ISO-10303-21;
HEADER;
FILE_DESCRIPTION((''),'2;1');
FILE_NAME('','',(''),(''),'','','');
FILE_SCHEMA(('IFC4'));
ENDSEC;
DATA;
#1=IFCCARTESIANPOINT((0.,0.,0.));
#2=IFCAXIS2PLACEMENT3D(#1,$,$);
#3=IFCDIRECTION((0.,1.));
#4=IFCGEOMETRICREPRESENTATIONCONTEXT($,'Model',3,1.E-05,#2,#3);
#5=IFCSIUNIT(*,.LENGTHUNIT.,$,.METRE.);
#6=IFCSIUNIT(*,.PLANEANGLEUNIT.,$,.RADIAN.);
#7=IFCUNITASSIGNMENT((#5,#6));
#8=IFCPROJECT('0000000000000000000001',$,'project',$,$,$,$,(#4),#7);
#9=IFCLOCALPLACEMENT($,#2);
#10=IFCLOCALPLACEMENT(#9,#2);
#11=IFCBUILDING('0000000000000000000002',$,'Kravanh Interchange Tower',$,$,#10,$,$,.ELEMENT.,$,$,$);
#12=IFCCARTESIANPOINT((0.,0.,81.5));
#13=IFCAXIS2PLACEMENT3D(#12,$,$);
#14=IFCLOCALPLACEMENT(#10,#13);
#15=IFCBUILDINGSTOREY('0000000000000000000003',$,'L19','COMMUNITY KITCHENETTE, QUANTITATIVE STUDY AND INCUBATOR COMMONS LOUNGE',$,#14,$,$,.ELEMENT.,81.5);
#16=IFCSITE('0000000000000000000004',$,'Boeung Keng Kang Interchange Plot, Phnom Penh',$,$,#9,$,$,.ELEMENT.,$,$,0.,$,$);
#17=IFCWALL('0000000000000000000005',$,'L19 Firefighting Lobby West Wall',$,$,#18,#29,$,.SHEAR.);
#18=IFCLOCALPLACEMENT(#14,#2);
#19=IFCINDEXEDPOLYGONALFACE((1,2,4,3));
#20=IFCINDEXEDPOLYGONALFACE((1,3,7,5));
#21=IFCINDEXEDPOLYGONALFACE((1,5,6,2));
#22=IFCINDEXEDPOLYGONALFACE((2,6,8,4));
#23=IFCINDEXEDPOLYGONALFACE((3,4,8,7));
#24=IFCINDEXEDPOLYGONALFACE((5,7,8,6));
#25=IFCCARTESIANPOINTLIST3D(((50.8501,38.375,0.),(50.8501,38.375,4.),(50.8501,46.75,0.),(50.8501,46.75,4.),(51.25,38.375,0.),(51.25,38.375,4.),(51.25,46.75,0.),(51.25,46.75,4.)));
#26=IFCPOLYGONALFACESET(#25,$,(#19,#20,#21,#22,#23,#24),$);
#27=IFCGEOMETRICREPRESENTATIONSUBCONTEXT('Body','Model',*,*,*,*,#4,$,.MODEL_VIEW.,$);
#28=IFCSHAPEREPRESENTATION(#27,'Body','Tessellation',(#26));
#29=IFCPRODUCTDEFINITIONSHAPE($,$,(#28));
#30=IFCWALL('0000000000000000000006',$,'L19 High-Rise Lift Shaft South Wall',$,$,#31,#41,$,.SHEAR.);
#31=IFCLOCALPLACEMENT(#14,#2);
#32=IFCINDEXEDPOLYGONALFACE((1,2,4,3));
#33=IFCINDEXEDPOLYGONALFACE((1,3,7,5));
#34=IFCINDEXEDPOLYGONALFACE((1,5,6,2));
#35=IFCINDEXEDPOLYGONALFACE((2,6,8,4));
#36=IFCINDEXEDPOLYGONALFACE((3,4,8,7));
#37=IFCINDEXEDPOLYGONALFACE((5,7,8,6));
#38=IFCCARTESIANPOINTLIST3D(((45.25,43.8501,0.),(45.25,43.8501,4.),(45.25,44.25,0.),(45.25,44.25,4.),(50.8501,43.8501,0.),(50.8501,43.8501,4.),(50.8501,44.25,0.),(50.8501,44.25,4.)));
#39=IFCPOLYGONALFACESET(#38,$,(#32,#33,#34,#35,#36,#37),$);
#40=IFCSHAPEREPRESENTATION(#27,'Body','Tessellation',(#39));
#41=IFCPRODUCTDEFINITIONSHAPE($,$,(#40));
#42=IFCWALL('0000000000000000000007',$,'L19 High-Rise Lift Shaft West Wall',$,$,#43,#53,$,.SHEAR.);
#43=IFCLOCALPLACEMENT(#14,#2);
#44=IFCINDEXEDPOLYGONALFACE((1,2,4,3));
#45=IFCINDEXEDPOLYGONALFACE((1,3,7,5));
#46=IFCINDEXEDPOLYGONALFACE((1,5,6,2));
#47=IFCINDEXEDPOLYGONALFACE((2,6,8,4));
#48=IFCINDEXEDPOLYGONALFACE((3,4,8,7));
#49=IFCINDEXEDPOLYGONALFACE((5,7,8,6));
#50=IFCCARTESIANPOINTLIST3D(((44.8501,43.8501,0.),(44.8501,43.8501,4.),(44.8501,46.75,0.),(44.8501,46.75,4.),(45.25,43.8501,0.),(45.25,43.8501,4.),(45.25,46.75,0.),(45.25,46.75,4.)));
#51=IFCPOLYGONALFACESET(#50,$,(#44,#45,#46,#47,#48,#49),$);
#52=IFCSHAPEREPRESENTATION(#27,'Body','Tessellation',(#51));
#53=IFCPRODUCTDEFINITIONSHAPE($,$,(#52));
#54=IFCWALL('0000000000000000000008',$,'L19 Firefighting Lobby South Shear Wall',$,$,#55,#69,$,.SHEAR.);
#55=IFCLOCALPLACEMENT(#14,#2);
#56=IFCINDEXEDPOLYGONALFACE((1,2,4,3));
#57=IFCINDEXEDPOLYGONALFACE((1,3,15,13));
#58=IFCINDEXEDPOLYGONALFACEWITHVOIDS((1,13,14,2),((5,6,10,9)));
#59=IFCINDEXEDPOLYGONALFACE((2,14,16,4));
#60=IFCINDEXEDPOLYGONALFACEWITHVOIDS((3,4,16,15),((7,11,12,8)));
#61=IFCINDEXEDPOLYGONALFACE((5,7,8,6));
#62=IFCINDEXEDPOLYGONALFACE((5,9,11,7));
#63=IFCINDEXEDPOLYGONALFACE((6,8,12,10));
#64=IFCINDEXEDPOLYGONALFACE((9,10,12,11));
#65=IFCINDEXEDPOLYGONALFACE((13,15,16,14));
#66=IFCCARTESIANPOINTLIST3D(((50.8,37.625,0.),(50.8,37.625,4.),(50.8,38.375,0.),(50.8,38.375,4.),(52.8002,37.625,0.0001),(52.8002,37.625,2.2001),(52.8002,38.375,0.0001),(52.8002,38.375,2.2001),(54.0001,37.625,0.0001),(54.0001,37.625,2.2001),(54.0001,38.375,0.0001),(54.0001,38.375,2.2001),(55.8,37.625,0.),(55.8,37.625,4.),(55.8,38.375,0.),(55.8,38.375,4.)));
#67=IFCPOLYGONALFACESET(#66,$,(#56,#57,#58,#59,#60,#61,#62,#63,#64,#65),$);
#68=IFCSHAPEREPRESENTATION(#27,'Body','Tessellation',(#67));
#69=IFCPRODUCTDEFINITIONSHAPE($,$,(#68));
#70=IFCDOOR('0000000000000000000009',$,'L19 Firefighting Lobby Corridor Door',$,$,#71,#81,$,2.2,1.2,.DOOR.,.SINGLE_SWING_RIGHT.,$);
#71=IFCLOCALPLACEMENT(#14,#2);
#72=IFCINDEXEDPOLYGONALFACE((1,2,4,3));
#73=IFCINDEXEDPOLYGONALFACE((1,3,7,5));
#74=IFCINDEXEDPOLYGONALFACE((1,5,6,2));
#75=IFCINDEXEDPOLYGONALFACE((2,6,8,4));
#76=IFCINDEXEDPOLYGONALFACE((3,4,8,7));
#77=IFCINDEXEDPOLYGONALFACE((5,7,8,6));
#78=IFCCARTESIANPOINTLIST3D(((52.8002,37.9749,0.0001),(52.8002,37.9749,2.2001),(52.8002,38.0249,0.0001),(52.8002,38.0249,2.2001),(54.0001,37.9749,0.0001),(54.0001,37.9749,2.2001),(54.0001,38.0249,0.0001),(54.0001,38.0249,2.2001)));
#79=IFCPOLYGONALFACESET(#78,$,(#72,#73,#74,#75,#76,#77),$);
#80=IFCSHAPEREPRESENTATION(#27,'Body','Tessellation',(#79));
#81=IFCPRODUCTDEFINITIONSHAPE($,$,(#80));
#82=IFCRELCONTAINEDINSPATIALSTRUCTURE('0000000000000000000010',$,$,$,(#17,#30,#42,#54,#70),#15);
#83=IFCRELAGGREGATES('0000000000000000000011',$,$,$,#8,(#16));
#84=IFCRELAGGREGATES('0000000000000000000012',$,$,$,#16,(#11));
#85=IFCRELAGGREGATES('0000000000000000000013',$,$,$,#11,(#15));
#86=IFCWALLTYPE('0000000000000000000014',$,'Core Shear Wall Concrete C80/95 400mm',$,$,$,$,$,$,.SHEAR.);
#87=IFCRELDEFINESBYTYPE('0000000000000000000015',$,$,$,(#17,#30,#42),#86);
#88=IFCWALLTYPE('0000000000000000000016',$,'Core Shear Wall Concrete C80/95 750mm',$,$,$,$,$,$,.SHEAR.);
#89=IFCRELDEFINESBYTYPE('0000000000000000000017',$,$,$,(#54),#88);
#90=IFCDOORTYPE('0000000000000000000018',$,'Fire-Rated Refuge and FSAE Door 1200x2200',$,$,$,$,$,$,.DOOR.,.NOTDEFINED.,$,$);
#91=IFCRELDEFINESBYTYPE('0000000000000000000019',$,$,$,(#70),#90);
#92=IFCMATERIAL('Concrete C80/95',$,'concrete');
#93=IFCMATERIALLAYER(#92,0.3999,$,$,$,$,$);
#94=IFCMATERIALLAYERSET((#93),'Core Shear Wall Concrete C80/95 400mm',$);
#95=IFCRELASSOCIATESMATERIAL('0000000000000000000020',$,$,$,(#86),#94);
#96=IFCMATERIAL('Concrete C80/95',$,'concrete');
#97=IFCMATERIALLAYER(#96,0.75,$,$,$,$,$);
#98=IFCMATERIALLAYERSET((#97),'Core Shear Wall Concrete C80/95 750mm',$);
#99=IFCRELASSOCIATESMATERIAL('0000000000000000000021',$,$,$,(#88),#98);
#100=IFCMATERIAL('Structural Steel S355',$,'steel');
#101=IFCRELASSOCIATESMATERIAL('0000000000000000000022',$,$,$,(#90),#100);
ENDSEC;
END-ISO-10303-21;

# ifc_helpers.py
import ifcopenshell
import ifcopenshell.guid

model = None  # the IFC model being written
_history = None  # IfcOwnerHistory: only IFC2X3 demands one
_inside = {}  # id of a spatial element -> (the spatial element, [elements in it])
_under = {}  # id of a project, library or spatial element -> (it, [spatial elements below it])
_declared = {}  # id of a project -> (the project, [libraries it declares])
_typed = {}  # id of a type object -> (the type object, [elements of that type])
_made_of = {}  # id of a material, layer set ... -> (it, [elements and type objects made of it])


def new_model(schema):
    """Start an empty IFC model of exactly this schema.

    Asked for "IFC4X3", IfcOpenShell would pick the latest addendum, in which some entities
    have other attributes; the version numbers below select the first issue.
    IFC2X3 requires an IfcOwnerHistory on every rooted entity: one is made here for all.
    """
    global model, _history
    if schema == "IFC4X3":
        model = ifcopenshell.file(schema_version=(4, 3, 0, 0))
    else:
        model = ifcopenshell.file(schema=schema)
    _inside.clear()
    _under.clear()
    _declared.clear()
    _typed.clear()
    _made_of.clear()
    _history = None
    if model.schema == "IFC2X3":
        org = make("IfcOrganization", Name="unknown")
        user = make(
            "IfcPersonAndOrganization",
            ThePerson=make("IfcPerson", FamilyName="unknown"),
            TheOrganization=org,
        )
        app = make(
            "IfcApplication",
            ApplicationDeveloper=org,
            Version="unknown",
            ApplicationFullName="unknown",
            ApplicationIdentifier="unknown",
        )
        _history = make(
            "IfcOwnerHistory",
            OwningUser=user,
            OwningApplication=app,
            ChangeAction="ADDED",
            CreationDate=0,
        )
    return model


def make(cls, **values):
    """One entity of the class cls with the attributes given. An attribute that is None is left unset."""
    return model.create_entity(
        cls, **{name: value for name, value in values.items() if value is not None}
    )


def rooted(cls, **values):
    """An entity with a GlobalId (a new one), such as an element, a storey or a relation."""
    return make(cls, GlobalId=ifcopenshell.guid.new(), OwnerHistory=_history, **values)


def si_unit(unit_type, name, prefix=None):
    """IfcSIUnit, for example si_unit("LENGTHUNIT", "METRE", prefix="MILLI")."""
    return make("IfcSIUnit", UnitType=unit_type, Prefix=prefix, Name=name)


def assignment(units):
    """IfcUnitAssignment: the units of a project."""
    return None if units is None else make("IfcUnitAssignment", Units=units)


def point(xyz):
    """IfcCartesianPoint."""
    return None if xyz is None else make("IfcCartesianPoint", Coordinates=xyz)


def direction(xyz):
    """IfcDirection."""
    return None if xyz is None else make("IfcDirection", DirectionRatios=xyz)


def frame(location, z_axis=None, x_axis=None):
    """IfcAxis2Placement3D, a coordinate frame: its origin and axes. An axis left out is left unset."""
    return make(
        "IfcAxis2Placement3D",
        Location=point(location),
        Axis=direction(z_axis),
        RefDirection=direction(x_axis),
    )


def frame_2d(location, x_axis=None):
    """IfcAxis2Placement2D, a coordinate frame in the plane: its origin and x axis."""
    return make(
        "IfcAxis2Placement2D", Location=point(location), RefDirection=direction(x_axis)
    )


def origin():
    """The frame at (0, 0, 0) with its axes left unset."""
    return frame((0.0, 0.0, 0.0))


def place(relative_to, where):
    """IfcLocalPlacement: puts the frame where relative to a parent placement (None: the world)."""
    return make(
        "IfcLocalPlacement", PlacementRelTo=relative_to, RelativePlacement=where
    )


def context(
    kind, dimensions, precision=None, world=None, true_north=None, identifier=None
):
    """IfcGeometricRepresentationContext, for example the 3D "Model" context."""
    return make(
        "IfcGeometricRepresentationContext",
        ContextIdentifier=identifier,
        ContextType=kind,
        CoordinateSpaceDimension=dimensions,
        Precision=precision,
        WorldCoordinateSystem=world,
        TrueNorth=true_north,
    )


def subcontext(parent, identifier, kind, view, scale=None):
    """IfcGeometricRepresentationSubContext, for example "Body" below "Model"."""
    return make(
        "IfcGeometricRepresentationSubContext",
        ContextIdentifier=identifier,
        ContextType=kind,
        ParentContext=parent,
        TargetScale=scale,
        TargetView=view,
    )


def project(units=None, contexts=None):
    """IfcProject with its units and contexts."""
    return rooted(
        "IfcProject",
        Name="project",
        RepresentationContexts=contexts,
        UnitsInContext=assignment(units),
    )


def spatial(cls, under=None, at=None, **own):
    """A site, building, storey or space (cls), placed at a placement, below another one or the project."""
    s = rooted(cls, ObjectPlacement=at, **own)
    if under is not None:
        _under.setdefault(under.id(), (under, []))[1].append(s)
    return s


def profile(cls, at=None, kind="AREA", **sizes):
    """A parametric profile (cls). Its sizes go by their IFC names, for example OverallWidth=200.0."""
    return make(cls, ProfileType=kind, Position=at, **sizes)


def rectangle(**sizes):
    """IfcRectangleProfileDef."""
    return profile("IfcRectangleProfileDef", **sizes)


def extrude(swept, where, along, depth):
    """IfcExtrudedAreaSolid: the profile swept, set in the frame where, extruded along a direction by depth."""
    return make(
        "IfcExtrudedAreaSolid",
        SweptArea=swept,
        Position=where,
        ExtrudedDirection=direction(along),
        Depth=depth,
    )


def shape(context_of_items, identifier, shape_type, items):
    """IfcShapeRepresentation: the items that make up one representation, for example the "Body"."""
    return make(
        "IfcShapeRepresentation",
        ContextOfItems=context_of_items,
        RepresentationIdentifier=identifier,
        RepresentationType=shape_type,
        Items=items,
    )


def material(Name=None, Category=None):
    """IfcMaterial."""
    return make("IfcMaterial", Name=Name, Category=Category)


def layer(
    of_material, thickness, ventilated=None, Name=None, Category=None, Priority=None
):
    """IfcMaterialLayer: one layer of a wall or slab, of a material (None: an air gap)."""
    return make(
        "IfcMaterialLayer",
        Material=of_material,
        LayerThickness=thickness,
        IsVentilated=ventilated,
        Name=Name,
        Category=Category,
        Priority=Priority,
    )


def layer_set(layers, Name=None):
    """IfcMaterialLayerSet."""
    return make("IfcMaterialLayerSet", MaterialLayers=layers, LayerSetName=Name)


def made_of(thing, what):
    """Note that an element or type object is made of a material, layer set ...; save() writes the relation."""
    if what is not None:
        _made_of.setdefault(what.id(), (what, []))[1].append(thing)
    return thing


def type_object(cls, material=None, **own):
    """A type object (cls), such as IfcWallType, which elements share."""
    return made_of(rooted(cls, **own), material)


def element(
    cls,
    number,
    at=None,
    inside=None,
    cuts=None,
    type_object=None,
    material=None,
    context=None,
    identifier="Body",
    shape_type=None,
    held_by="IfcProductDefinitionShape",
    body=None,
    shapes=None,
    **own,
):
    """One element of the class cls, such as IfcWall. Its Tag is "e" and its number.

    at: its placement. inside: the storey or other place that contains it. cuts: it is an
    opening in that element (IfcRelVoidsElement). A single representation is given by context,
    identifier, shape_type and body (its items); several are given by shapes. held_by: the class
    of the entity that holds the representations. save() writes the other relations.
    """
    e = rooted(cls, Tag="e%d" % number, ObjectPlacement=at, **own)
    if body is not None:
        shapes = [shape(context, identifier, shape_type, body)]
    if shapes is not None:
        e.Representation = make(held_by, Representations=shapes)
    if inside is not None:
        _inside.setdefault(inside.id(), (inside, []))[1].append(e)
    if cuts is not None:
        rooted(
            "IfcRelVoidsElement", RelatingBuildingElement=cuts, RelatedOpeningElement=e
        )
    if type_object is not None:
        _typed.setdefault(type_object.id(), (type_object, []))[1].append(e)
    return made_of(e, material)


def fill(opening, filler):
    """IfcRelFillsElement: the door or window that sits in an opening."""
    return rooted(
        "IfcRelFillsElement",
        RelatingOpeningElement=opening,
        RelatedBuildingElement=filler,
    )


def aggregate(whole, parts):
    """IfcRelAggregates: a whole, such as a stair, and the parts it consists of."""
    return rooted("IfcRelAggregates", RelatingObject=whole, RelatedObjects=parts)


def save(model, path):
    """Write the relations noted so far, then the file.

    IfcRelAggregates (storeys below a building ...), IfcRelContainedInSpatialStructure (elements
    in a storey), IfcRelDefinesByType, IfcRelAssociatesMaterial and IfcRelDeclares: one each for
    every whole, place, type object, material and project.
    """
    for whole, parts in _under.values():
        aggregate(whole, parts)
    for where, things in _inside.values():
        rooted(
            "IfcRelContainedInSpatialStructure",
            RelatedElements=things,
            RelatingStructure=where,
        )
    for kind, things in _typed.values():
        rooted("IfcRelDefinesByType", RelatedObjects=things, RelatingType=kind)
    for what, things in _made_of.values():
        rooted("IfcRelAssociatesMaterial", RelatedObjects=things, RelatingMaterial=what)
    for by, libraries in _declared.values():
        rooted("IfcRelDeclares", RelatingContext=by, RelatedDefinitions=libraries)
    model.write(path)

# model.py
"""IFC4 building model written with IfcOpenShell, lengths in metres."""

from ifc_helpers import new_model, si_unit, direction, frame, frame_2d, origin, place, context, subcontext, project, spatial, rectangle, extrude, material, layer, layer_set, type_object, element, fill, save


model = new_model("IFC4")

# Units and contexts
model_context = context("Model", 3, precision=1e-05, world=origin(), true_north=direction((0.0, 1.0)))
body_context = subcontext(model_context, "Body", "Model", "MODEL_VIEW")
ifc_project = project(units=[si_unit("LENGTHUNIT", "METRE"), si_unit("PLANEANGLEUNIT", "RADIAN")], contexts=[model_context])

# Site, building, storey
site_placement = place(None, origin())
site = spatial("IfcSite", under=ifc_project, at=site_placement, Name="Boeung Keng Kang Interchange Plot, Phnom Penh", CompositionType="ELEMENT", RefElevation=0.0)
building_placement = place(site_placement, origin())
building = spatial("IfcBuilding", under=site, at=building_placement, Name="Kravanh Interchange Tower", CompositionType="ELEMENT")
storey_placement = place(building_placement, frame((0.0, 0.0, 81.5)))
storey = spatial("IfcBuildingStorey", under=building, at=storey_placement, Name="L19", Description="COMMUNITY KITCHENETTE, QUANTITATIVE STUDY AND INCUBATOR COMMONS LOUNGE", CompositionType="ELEMENT", Elevation=81.5)

# Shared definitions
ifc_material_1 = material(Name="Concrete C80/95", Category="concrete")
ifc_layer_1 = layer(ifc_material_1, 0.3999)
ifc_layer_set_1 = layer_set([ifc_layer_1], Name="Core Shear Wall Concrete C80/95 400mm")
wall_type_1 = type_object("IfcWallType", Name="Core Shear Wall Concrete C80/95 400mm", PredefinedType="SHEAR", material=ifc_layer_set_1)

# Walls
wall_1_placement = place(storey_placement, frame((51.05, 38.375, 0.0), z_axis=(0.0, 0.0, 1.0), x_axis=(0.0, 1.0, 0.0)))
element("IfcWall", 1, at=wall_1_placement, inside=storey, type_object=wall_type_1, Name="L19 Firefighting Lobby West Wall", PredefinedType="SHEAR", context=body_context, shape_type="SweptSolid", body=[
    extrude(rectangle(XDim=8.375, YDim=0.3999, at=frame_2d((4.1875, 0.0))), origin(), (0.0, 0.0, 1.0), 4.0),
])
wall_2_placement = place(storey_placement, frame((45.25, 44.05, 0.0), z_axis=(0.0, 0.0, 1.0), x_axis=(1.0, 0.0, 0.0)))
element("IfcWall", 2, at=wall_2_placement, inside=storey, type_object=wall_type_1, Name="L19 High-Rise Lift Shaft South Wall", PredefinedType="SHEAR", context=body_context, shape_type="SweptSolid", body=[
    extrude(rectangle(XDim=5.6001, YDim=0.3999, at=frame_2d((2.8, 0.0))), origin(), (0.0, 0.0, 1.0), 4.0),
])
wall_3_placement = place(storey_placement, frame((45.05, 43.8501, 0.0), z_axis=(0.0, 0.0, 1.0), x_axis=(0.0, 1.0, 0.0)))
element("IfcWall", 3, at=wall_3_placement, inside=storey, type_object=wall_type_1, Name="L19 High-Rise Lift Shaft West Wall", PredefinedType="SHEAR", context=body_context, shape_type="SweptSolid", body=[
    extrude(rectangle(XDim=2.8999, YDim=0.3999, at=frame_2d((1.45, 0.0))), origin(), (0.0, 0.0, 1.0), 4.0),
])

# Wall, opening, door
ifc_material_2 = material(Name="Concrete C80/95", Category="concrete")
ifc_layer_2 = layer(ifc_material_2, 0.75)
ifc_layer_set_2 = layer_set([ifc_layer_2], Name="Core Shear Wall Concrete C80/95 750mm")
wall_type_2 = type_object("IfcWallType", Name="Core Shear Wall Concrete C80/95 750mm", PredefinedType="SHEAR", material=ifc_layer_set_2)
wall_4_placement = place(storey_placement, frame((50.8, 38.0, 0.0), z_axis=(0.0, 0.0, 1.0), x_axis=(1.0, 0.0, 0.0)))
wall_4 = element("IfcWall", 4, at=wall_4_placement, inside=storey, type_object=wall_type_2, Name="L19 Firefighting Lobby South Shear Wall", PredefinedType="SHEAR", context=body_context, shape_type="SweptSolid", body=[
    extrude(rectangle(XDim=5.0, YDim=0.75, at=frame_2d((2.5, 0.0))), origin(), (0.0, 0.0, 1.0), 4.0),
])
opening_1_placement = place(wall_4_placement, frame((2.0, 0.0, 0.0)))
opening_1 = element("IfcOpeningElement", 5, at=opening_1_placement, cuts=wall_4, PredefinedType="OPENING", context=body_context, shape_type="SweptSolid", body=[
    extrude(rectangle(XDim=1.2, YDim=2.2, at=frame_2d((0.6001, 1.1001))), frame((0.0, 0.385, 0.0), z_axis=(0.0, -1.0, 0.0), x_axis=(1.0, 0.0, 0.0)), (0.0, 0.0, 1.0), 0.77),
])
ifc_material_3 = material(Name="Structural Steel S355", Category="steel")
door_type_1 = type_object("IfcDoorType", Name="Fire-Rated Refuge and FSAE Door 1200x2200", OperationType="NOTDEFINED", PredefinedType="DOOR", material=ifc_material_3)
door_1_placement = place(opening_1_placement, origin())
door_1 = element("IfcDoor", 6, at=door_1_placement, inside=storey, type_object=door_type_1, Name="L19 Firefighting Lobby Corridor Door", OperationType="SINGLE_SWING_RIGHT", OverallHeight=2.2, OverallWidth=1.2, PredefinedType="DOOR", context=body_context, shape_type="SweptSolid", body=[
    extrude(rectangle(XDim=1.2, YDim=2.2, at=frame_2d((0.6001, 1.1001))), frame((0.0, 0.0249, 0.0), z_axis=(0.0, -1.0, 0.0), x_axis=(1.0, 0.0, 0.0)), (0.0, 0.0, 1.0), 0.05),
])
fill(opening_1, door_1)

save(model, "model.ifc")
